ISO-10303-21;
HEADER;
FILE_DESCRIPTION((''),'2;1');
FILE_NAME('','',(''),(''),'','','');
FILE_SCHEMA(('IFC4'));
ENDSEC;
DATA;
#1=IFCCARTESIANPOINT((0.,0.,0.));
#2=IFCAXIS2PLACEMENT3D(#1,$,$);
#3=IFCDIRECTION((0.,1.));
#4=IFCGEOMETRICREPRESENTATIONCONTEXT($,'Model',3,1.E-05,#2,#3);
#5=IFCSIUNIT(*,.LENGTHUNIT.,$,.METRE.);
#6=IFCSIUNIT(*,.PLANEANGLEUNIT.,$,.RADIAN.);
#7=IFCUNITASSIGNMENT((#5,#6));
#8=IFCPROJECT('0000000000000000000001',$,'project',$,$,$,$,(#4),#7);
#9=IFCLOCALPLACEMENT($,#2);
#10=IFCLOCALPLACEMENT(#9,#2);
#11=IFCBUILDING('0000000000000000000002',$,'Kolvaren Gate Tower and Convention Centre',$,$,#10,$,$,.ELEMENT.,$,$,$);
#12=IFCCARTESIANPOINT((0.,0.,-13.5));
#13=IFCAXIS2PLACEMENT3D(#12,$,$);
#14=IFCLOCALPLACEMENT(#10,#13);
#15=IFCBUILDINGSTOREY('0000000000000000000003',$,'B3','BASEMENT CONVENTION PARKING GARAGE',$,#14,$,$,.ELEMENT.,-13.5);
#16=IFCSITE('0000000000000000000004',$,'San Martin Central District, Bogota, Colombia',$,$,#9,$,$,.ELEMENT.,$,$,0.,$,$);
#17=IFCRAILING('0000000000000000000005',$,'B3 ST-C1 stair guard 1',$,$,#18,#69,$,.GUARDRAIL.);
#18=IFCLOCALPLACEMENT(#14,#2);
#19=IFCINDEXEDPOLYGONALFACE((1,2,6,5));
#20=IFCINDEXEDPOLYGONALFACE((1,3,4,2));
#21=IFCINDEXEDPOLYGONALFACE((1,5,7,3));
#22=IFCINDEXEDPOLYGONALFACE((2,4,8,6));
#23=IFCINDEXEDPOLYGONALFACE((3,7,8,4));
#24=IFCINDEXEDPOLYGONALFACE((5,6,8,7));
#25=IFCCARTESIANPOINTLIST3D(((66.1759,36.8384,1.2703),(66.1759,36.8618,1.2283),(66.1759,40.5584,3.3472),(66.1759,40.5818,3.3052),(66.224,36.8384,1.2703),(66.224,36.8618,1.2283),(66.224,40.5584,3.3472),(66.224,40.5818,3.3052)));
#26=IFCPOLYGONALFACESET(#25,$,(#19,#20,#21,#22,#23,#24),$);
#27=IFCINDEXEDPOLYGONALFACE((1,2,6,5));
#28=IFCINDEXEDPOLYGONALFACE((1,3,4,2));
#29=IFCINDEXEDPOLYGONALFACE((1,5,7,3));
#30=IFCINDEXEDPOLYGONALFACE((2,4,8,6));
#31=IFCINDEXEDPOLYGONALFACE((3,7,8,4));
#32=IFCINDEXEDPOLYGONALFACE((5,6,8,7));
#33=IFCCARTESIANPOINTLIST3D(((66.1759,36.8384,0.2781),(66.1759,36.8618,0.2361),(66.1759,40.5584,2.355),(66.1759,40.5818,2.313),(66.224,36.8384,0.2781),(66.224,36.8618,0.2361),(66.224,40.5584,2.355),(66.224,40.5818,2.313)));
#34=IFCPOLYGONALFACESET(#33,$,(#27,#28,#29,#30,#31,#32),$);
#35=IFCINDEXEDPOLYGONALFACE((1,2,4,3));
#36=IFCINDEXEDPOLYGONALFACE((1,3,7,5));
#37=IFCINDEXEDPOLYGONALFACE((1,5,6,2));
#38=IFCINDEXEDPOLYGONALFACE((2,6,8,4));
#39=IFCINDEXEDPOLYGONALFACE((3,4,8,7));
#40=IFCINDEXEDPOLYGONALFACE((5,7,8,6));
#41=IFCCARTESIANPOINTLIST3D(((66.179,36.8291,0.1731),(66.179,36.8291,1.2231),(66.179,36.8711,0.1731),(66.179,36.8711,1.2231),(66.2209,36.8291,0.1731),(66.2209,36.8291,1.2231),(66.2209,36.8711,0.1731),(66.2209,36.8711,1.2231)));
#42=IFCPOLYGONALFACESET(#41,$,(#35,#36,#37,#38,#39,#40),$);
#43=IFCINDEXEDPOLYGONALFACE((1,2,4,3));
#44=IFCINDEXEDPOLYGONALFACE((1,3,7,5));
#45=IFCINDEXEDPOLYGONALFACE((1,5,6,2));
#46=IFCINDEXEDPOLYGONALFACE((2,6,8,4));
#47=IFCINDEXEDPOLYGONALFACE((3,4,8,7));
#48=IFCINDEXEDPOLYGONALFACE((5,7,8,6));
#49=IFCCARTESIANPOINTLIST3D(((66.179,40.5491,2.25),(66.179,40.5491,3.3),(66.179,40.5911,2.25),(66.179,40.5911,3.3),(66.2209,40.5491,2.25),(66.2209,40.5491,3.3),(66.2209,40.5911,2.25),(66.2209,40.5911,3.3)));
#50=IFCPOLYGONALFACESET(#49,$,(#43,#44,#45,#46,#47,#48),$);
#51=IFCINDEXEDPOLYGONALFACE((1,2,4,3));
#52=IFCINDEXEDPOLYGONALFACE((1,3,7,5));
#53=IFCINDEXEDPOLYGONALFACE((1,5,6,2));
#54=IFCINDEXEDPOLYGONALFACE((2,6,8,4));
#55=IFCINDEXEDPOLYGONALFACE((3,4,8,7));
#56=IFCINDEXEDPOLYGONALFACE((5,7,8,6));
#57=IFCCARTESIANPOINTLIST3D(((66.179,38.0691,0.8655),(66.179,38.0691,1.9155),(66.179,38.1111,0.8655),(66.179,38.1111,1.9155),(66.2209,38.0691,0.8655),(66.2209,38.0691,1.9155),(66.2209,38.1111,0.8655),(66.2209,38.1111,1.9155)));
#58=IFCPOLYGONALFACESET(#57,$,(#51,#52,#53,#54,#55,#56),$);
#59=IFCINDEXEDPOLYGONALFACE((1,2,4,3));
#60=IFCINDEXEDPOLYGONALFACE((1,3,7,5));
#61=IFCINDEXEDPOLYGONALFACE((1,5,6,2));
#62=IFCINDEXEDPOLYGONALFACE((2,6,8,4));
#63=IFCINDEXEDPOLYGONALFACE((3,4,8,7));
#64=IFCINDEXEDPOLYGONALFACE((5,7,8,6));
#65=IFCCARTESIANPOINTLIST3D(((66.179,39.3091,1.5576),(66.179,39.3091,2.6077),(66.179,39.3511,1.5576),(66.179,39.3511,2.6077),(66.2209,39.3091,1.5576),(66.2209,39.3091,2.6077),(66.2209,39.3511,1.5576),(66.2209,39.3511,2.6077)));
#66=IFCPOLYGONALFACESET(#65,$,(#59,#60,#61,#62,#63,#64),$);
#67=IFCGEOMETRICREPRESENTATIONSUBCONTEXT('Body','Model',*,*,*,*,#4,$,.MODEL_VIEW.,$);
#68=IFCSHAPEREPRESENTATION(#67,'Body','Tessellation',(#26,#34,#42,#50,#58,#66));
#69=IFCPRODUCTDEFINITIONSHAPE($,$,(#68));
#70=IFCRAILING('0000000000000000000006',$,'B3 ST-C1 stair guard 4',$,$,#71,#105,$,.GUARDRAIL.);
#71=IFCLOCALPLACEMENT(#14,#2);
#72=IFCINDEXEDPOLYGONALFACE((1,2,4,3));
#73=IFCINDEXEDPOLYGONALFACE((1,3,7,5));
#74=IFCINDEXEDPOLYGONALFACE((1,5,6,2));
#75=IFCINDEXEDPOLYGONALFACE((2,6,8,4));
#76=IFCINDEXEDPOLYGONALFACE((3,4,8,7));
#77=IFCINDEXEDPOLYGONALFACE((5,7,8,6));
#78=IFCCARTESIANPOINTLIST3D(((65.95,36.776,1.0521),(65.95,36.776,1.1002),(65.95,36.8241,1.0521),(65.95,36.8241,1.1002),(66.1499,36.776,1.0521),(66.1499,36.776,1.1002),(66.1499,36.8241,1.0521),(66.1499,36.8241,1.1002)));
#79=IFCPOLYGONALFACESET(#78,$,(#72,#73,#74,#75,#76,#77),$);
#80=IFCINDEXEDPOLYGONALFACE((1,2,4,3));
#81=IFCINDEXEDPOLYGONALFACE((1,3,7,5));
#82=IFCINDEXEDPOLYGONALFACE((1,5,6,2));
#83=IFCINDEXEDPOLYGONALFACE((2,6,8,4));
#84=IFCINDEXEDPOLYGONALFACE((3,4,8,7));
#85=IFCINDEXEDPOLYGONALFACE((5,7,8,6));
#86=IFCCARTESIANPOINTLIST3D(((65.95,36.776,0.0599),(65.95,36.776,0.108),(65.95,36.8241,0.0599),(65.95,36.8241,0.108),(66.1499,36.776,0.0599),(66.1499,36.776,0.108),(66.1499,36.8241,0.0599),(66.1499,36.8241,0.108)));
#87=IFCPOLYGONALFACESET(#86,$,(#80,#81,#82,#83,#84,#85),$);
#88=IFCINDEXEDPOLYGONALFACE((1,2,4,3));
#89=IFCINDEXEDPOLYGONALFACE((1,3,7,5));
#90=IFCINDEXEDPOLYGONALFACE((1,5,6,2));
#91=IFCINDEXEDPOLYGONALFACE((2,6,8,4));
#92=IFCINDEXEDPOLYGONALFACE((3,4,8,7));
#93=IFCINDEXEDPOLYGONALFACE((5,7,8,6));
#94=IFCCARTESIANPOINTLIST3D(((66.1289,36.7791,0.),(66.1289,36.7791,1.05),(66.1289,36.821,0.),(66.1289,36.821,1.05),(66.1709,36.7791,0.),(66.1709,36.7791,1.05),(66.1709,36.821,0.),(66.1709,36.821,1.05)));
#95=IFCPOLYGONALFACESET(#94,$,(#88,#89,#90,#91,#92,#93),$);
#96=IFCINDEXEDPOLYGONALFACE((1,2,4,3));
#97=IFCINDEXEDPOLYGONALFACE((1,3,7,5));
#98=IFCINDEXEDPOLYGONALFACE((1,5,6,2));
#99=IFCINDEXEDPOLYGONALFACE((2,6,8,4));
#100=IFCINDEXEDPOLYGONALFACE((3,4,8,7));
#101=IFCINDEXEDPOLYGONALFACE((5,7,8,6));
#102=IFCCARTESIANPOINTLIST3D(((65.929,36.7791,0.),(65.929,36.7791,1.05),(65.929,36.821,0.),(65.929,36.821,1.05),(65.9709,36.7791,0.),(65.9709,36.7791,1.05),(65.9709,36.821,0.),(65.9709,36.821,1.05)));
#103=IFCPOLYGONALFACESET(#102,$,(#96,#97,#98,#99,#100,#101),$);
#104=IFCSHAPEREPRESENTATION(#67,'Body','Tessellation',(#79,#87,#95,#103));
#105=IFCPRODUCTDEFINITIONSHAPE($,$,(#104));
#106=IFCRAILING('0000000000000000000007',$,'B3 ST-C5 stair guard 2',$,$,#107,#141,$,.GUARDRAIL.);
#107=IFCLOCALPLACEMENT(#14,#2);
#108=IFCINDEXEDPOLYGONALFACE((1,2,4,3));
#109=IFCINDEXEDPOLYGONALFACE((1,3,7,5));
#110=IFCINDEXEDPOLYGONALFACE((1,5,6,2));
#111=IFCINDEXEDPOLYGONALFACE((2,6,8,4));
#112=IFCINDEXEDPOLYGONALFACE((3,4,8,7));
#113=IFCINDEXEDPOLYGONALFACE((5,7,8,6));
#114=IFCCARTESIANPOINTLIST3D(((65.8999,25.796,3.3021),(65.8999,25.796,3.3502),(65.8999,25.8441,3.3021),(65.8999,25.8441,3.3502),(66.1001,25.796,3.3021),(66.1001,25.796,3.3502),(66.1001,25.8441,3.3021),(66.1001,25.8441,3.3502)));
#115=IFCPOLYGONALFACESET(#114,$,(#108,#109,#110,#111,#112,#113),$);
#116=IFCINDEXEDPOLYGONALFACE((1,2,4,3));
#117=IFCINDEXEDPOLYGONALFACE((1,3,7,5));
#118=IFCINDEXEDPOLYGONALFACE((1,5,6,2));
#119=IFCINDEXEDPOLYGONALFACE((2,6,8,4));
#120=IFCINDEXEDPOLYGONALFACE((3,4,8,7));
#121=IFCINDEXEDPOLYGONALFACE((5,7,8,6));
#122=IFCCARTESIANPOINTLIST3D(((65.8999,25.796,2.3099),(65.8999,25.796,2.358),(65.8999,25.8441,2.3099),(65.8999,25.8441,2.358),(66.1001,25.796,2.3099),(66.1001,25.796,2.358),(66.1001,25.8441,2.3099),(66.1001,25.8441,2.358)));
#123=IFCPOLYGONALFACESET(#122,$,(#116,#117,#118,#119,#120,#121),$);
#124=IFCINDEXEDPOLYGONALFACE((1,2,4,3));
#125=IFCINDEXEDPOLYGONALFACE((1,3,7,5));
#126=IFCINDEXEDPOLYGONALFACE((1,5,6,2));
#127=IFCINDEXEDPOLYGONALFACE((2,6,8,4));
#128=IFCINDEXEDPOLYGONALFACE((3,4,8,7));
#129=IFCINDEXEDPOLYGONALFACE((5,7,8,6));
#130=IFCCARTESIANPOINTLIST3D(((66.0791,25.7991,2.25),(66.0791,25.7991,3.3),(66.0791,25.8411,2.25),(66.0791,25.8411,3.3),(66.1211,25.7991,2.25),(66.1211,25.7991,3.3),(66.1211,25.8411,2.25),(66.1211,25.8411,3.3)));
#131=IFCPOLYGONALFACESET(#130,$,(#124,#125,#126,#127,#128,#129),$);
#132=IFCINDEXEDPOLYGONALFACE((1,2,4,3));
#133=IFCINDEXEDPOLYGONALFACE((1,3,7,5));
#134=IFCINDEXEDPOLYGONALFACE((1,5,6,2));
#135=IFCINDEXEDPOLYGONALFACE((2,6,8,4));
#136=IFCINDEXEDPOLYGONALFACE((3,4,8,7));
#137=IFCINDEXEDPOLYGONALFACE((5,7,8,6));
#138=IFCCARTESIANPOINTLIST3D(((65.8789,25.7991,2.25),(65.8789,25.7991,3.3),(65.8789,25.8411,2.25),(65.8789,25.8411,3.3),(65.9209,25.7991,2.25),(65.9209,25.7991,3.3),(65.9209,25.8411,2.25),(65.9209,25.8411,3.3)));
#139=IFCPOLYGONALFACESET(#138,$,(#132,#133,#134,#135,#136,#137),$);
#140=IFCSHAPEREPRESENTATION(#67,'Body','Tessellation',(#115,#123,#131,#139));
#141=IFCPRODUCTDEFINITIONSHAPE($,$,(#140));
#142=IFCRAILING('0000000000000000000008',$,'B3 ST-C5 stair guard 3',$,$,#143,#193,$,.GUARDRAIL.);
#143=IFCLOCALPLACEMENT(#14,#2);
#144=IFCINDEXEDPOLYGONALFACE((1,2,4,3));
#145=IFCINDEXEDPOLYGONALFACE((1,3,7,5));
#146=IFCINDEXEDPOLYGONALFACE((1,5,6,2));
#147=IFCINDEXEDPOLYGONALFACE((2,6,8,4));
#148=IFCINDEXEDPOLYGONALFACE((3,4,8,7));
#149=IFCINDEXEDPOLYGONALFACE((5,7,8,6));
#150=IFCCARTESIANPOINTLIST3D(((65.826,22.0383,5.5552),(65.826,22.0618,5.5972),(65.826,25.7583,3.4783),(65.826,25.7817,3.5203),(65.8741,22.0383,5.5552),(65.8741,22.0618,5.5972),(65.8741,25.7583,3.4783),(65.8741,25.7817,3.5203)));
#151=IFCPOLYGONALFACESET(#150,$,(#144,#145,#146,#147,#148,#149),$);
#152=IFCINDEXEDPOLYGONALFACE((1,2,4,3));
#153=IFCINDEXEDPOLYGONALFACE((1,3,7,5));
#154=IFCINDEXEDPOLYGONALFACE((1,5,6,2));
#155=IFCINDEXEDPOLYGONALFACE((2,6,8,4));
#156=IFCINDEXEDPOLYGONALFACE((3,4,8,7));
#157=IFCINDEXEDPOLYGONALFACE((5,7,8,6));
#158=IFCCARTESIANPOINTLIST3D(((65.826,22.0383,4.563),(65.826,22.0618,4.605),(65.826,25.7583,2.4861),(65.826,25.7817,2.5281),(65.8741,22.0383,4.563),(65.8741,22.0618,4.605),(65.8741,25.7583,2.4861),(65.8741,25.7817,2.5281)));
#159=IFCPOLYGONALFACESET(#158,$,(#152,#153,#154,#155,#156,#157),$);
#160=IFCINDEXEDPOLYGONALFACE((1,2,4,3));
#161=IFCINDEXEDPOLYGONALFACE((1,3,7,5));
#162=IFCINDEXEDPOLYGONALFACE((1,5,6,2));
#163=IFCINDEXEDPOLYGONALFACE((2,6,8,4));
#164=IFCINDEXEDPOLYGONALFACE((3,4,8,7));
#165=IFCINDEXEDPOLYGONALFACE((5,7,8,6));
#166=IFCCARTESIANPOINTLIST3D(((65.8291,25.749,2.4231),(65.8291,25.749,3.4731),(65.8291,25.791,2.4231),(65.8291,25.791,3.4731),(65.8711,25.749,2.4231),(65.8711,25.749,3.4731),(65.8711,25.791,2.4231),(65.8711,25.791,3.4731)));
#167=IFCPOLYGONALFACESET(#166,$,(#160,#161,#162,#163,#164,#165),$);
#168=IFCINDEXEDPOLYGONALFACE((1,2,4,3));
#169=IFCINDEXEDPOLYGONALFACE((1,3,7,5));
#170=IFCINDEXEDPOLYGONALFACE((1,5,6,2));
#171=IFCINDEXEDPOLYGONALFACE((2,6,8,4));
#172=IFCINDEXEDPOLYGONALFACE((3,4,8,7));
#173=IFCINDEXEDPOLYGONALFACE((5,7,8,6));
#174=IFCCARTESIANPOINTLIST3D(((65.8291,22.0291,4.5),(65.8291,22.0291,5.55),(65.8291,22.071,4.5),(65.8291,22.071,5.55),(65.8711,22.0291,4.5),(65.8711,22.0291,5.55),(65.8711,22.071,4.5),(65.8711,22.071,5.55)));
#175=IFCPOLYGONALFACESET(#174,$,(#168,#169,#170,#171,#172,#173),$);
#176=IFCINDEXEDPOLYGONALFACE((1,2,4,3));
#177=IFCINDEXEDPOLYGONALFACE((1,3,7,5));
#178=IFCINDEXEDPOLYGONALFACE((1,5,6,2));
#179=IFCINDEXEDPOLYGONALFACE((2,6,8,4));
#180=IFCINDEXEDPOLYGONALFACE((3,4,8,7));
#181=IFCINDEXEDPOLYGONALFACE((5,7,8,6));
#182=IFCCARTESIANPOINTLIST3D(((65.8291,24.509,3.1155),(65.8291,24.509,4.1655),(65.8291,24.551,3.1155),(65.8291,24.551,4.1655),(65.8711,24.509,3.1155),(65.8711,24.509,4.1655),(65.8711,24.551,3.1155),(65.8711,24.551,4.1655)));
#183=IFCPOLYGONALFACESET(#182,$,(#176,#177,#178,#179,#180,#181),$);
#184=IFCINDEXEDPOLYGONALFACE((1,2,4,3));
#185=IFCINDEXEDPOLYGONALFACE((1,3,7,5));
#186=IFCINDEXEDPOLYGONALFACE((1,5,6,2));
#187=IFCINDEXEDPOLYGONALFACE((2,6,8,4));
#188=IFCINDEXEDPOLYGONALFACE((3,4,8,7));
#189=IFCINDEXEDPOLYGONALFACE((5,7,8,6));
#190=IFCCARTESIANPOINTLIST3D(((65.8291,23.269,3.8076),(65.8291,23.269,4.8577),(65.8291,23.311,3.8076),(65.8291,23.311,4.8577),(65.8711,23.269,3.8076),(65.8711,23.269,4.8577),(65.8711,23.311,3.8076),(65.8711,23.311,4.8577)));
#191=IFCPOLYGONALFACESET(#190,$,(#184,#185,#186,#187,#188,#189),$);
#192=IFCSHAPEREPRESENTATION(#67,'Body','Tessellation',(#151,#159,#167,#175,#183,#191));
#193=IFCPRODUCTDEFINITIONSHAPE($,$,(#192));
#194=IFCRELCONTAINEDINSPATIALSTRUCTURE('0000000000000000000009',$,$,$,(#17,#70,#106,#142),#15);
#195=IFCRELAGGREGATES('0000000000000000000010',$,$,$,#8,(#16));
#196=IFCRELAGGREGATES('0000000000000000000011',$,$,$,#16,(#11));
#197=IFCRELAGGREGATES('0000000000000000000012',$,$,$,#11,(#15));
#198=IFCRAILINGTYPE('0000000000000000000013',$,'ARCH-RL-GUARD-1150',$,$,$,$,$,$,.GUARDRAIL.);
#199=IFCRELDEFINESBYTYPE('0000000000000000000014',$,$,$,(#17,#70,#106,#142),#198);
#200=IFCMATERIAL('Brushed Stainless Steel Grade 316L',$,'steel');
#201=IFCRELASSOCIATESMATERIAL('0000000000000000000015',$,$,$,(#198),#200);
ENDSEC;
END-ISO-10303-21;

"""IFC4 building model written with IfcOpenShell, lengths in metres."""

from ifc_helpers import new_model, si_unit, direction, frame, origin, origin_2d, place, context, subcontext, project, spatial, rectangle, extrude, material, type_object, element, save


model = new_model("IFC4")

# Units and contexts
model_context = context("Model", 3, precision=1e-05, world=origin(), true_north=direction((0.0, 1.0)))
body_context = subcontext(model_context, "Body", "Model", "MODEL_VIEW")
ifc_project = project(units=[si_unit("LENGTHUNIT", "METRE"), si_unit("PLANEANGLEUNIT", "RADIAN")], contexts=[model_context])

# Site, building, storey
site_placement = place(None, origin())
site = spatial("IfcSite", under=ifc_project, at=site_placement, Name="San Martin Central District, Bogota, Colombia", CompositionType="ELEMENT", RefElevation=0.0)
building_placement = place(site_placement, origin())
building = spatial("IfcBuilding", under=site, at=building_placement, Name="Kolvaren Gate Tower and Convention Centre", CompositionType="ELEMENT")
storey_placement = place(building_placement, frame((0.0, 0.0, -13.5)))
storey = spatial("IfcBuildingStorey", under=building, at=storey_placement, Name="B3", Description="BASEMENT CONVENTION PARKING GARAGE", CompositionType="ELEMENT", Elevation=-13.5)

# Railings
ifc_material_1 = material(Name="Brushed Stainless Steel Grade 316L", Category="steel")
railing_type_1 = type_object("IfcRailingType", Name="ARCH-RL-GUARD-1150", PredefinedType="GUARDRAIL", material=ifc_material_1)
railing_1_placement = place(storey_placement, frame((66.2, 36.8501, 0.1731)))
element("IfcRailing", 1, at=railing_1_placement, inside=storey, type_object=railing_type_1, Name="B3 ST-C1 stair guard 1", PredefinedType="GUARDRAIL", context=body_context, shape_type="SweptSolid", body=[
    extrude(rectangle(XDim=0.0481, YDim=0.0481, at=origin_2d()), frame((0.0, 0.0, 1.0762), z_axis=(0.0, 0.873134, 0.487481), x_axis=(-1.0, 0.0, 0.0)), (0.0, 0.0, 1.0), 4.2605),
    extrude(rectangle(XDim=0.0481, YDim=0.0481, at=origin_2d()), frame((0.0, 0.0, 0.084), z_axis=(0.0, 0.873134, 0.487481), x_axis=(-1.0, 0.0, 0.0)), (0.0, 0.0, 1.0), 4.2605),
    extrude(rectangle(XDim=0.042, YDim=0.042, at=origin_2d()), origin(), (0.0, 0.0, 1.0), 1.05),
    extrude(rectangle(XDim=0.042, YDim=0.042, at=origin_2d()), frame((0.0, 3.72, 2.0769)), (0.0, 0.0, 1.0), 1.05),
    extrude(rectangle(XDim=0.042, YDim=0.042, at=origin_2d()), frame((0.0, 1.24, 0.6924)), (0.0, 0.0, 1.0), 1.05),
    extrude(rectangle(XDim=0.042, YDim=0.042, at=origin_2d()), frame((0.0, 2.48, 1.3845)), (0.0, 0.0, 1.0), 1.05),
])
railing_2_placement = place(storey_placement, frame((66.1499, 36.8, 0.0)))
element("IfcRailing", 2, at=railing_2_placement, inside=storey, type_object=railing_type_1, Name="B3 ST-C1 stair guard 4", PredefinedType="GUARDRAIL", context=body_context, shape_type="SweptSolid", body=[
    extrude(rectangle(XDim=0.0481, YDim=0.0481, at=origin_2d()), frame((0.0, 0.0, 1.0762), z_axis=(-1.0, 0.0, 0.0), x_axis=(0.0, -1.0, 0.0)), (0.0, 0.0, 1.0), 0.2),
    extrude(rectangle(XDim=0.0481, YDim=0.0481, at=origin_2d()), frame((0.0, 0.0, 0.084), z_axis=(-1.0, 0.0, 0.0), x_axis=(0.0, -1.0, 0.0)), (0.0, 0.0, 1.0), 0.2),
    extrude(rectangle(XDim=0.042, YDim=0.042, at=origin_2d()), origin(), (0.0, 0.0, 1.0), 1.05),
    extrude(rectangle(XDim=0.042, YDim=0.042, at=origin_2d()), frame((-0.2, 0.0, 0.0)), (0.0, 0.0, 1.0), 1.05),
])
railing_3_placement = place(storey_placement, frame((66.1001, 25.8201, 2.25)))
element("IfcRailing", 3, at=railing_3_placement, inside=storey, type_object=railing_type_1, Name="B3 ST-C5 stair guard 2", PredefinedType="GUARDRAIL", context=body_context, shape_type="SweptSolid", body=[
    extrude(rectangle(XDim=0.0481, YDim=0.0481, at=origin_2d()), frame((0.0, 0.0, 1.0762), z_axis=(-1.0, 0.0, 0.0), x_axis=(0.0, -1.0, 0.0)), (0.0, 0.0, 1.0), 0.2002),
    extrude(rectangle(XDim=0.0481, YDim=0.0481, at=origin_2d()), frame((0.0, 0.0, 0.084), z_axis=(-1.0, 0.0, 0.0), x_axis=(0.0, -1.0, 0.0)), (0.0, 0.0, 1.0), 0.2002),
    extrude(rectangle(XDim=0.042, YDim=0.042, at=origin_2d()), origin(), (0.0, 0.0, 1.0), 1.05),
    extrude(rectangle(XDim=0.042, YDim=0.042, at=origin_2d()), frame((-0.2002, 0.0, 0.0)), (0.0, 0.0, 1.0), 1.05),
])
railing_4_placement = place(storey_placement, frame((65.8501, 25.77, 2.4231)))
element("IfcRailing", 4, at=railing_4_placement, inside=storey, type_object=railing_type_1, Name="B3 ST-C5 stair guard 3", PredefinedType="GUARDRAIL", context=body_context, shape_type="SweptSolid", body=[
    extrude(rectangle(XDim=0.0481, YDim=0.0481, at=origin_2d()), frame((0.0, 0.0, 1.0762), z_axis=(0.0, -0.873134, 0.487481), x_axis=(1.0, 0.0, 0.0)), (0.0, 0.0, 1.0), 4.2605),
    extrude(rectangle(XDim=0.0481, YDim=0.0481, at=origin_2d()), frame((0.0, 0.0, 0.084), z_axis=(0.0, -0.873134, 0.487481), x_axis=(1.0, 0.0, 0.0)), (0.0, 0.0, 1.0), 4.2605),
    extrude(rectangle(XDim=0.042, YDim=0.042, at=origin_2d()), origin(), (0.0, 0.0, 1.0), 1.05),
    extrude(rectangle(XDim=0.042, YDim=0.042, at=origin_2d()), frame((0.0, -3.72, 2.0769)), (0.0, 0.0, 1.0), 1.05),
    extrude(rectangle(XDim=0.042, YDim=0.042, at=origin_2d()), frame((0.0, -1.24, 0.6924)), (0.0, 0.0, 1.0), 1.05),
    extrude(rectangle(XDim=0.042, YDim=0.042, at=origin_2d()), frame((0.0, -2.48, 1.3845)), (0.0, 0.0, 1.0), 1.05),
])

save(model, "model.ifc")
